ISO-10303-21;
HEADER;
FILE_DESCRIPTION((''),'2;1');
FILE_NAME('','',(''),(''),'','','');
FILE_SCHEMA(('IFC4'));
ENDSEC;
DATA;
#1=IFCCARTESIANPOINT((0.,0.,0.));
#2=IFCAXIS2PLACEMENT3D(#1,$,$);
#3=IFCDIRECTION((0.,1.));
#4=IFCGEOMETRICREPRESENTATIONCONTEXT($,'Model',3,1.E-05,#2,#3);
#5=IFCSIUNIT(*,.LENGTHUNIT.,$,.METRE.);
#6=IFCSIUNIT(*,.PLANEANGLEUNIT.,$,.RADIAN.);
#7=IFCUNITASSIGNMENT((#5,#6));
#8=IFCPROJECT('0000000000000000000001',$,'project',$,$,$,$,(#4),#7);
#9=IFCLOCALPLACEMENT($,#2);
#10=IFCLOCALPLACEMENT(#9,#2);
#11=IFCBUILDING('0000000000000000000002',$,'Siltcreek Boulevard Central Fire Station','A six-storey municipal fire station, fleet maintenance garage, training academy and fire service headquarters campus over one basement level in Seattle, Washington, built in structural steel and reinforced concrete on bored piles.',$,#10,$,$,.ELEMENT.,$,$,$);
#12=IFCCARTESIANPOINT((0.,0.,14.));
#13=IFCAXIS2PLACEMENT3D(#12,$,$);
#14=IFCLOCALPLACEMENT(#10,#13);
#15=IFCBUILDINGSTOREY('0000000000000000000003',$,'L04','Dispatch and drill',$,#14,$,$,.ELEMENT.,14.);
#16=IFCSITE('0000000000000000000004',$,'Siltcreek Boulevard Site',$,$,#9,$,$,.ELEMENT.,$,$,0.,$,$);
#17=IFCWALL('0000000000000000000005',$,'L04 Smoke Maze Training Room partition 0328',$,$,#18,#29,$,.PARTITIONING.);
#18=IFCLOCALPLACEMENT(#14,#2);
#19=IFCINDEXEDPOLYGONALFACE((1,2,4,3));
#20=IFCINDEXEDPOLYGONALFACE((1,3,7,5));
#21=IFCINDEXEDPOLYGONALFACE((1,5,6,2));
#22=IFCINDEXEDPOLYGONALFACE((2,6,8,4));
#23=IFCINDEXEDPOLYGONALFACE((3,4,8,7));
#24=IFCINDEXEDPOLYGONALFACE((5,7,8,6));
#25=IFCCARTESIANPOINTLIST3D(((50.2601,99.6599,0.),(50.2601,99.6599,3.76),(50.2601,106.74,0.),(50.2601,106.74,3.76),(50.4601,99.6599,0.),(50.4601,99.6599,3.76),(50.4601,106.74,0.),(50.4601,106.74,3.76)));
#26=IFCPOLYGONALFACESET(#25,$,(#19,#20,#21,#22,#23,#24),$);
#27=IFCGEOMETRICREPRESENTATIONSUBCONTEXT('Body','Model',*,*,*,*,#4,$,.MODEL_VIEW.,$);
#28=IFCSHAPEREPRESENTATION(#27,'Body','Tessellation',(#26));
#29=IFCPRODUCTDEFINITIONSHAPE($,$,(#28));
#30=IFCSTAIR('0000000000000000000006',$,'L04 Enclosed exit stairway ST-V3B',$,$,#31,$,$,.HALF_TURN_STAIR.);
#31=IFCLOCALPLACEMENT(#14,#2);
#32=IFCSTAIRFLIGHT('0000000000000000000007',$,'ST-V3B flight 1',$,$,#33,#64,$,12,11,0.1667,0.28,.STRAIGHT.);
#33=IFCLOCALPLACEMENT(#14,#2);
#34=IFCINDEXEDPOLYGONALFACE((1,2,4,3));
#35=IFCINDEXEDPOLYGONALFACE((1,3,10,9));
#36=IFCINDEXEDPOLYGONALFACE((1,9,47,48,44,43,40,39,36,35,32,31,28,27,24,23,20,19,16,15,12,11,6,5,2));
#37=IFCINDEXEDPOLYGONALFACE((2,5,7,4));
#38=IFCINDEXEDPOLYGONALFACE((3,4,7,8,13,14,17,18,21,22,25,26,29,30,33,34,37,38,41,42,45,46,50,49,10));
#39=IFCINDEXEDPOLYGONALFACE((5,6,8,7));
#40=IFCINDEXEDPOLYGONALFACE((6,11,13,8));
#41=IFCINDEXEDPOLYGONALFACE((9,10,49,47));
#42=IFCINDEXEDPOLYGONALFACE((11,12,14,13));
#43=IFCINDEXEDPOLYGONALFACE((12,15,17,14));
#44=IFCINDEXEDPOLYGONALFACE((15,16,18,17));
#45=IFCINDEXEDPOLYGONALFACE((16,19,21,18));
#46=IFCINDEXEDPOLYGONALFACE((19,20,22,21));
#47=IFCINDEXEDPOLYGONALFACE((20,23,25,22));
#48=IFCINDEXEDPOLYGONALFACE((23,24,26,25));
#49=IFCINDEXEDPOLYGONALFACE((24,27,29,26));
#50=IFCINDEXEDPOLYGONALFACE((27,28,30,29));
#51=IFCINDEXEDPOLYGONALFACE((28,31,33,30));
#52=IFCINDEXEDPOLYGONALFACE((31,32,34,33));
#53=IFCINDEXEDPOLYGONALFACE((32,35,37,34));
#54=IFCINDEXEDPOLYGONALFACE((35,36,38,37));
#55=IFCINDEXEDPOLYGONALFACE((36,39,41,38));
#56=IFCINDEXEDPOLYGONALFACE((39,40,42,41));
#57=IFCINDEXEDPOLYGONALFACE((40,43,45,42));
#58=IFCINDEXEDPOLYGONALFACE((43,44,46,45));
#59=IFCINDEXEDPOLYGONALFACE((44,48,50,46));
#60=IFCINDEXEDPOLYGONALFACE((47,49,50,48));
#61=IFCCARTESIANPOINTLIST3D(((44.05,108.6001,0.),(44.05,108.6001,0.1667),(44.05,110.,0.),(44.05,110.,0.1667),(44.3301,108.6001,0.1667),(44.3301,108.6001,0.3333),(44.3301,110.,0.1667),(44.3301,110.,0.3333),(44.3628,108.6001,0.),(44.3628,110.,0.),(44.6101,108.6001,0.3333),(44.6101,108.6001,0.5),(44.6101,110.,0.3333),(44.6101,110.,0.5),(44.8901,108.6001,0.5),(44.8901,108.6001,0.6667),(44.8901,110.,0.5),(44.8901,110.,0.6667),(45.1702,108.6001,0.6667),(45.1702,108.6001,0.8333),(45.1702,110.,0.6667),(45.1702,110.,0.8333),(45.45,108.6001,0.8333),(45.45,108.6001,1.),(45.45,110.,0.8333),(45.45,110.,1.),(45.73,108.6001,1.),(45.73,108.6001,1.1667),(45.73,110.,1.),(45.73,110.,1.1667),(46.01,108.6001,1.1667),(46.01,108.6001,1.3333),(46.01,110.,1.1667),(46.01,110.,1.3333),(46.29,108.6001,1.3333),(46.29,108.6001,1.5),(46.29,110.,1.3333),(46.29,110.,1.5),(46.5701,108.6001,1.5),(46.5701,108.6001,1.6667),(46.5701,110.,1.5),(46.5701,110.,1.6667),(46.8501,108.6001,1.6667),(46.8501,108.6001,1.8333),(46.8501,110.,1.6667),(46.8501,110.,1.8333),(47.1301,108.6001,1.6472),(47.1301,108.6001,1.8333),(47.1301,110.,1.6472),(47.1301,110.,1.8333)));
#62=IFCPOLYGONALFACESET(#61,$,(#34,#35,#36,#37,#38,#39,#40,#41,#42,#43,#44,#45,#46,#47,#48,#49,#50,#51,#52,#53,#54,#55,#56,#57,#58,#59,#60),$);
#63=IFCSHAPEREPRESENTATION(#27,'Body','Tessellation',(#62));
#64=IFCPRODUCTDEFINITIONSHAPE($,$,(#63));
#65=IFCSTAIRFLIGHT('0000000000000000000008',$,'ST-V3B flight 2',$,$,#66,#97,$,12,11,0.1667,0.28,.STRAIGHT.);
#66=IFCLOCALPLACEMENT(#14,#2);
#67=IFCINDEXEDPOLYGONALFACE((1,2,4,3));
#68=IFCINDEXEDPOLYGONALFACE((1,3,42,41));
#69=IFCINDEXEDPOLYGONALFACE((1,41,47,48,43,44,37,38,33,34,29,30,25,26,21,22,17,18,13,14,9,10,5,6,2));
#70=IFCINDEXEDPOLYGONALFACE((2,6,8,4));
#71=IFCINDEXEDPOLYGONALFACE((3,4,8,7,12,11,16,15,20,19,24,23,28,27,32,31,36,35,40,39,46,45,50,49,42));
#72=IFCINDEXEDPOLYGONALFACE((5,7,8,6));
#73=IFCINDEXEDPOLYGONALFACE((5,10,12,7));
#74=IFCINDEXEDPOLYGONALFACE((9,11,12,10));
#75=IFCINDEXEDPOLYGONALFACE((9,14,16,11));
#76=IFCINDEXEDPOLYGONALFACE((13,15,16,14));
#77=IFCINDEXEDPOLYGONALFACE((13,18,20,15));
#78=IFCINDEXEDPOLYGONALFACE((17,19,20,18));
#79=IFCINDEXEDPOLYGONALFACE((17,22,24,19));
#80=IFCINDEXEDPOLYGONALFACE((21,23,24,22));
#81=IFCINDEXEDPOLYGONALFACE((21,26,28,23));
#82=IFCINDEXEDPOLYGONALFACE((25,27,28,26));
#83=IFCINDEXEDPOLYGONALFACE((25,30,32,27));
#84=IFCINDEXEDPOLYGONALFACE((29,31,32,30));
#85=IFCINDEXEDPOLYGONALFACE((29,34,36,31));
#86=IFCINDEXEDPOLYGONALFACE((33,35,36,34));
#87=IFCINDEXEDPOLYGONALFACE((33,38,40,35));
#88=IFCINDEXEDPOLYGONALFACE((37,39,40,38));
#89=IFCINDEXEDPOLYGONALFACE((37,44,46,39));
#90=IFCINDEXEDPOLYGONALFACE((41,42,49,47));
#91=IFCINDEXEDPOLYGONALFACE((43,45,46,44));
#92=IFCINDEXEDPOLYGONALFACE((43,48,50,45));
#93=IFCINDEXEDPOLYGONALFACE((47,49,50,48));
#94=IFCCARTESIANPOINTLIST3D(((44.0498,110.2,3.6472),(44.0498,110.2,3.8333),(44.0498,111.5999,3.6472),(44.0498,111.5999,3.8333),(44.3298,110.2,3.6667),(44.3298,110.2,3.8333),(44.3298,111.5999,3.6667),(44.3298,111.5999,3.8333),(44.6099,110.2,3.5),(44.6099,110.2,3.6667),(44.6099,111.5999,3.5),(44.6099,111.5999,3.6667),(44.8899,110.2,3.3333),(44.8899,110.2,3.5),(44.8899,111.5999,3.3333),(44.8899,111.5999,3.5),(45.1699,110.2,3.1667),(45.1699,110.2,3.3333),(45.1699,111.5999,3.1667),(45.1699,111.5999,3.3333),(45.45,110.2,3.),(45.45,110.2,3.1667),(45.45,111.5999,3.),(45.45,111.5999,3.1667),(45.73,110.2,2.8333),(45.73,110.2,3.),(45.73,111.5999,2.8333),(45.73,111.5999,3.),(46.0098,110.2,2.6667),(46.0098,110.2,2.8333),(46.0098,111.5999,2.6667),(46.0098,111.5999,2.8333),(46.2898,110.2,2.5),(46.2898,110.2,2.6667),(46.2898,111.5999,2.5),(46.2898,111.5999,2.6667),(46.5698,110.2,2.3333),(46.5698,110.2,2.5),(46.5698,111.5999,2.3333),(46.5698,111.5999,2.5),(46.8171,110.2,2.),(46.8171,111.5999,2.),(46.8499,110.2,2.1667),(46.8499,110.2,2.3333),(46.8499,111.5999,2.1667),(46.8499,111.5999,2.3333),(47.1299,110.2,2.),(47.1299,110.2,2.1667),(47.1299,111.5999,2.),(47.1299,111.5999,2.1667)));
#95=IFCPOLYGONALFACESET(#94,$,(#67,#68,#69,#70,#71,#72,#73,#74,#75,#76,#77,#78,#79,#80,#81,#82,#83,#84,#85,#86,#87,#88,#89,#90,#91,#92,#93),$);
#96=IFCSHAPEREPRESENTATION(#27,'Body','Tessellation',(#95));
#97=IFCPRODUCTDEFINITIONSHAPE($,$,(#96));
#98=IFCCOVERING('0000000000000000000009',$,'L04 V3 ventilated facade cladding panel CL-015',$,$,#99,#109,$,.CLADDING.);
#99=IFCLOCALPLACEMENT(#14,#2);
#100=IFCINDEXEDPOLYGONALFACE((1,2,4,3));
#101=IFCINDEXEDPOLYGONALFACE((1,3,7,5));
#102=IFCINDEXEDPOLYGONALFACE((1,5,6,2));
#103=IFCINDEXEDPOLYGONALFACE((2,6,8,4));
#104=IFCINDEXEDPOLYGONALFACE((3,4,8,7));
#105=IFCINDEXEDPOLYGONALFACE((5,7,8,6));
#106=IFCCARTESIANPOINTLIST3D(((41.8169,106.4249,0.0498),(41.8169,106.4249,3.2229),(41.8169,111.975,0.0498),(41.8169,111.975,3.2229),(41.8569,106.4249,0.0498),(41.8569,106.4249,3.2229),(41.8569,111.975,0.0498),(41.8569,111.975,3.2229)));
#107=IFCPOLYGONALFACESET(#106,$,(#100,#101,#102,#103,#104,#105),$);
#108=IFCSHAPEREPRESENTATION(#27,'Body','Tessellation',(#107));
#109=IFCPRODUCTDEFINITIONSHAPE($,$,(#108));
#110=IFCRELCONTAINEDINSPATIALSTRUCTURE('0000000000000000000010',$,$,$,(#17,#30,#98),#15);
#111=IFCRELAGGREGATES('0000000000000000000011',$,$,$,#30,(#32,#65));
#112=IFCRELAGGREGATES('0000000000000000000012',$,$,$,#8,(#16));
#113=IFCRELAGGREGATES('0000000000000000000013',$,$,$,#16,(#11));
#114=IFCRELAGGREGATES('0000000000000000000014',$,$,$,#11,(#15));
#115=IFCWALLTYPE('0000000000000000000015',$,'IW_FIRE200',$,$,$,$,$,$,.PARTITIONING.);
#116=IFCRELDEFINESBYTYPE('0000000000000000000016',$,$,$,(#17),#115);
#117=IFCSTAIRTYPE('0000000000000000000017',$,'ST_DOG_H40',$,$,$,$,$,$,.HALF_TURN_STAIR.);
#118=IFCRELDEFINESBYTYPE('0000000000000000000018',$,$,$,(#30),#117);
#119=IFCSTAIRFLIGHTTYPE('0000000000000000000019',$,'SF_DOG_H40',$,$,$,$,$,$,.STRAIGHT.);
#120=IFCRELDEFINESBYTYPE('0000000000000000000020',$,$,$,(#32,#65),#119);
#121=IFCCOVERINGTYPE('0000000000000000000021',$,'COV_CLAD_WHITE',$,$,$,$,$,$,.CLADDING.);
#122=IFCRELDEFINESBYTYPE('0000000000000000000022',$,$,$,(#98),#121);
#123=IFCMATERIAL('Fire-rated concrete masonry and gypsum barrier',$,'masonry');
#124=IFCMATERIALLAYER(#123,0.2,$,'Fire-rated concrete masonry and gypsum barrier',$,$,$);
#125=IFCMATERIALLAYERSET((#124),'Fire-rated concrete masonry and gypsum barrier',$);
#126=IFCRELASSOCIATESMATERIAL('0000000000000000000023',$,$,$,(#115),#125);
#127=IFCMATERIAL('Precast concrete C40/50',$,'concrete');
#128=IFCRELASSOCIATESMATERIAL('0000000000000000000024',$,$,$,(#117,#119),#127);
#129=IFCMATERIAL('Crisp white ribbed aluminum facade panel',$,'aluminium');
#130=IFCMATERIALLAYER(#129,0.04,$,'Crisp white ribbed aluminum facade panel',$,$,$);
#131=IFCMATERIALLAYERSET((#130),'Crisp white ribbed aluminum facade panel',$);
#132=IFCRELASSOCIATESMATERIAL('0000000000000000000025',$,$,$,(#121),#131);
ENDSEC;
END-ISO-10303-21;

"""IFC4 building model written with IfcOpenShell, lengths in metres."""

from ifc_helpers import new_model, si_unit, direction, frame, frame_2d, origin, origin_2d, place, context, subcontext, project, spatial, polyline, rectangle, outline, extrude, material, layer, layer_set, type_object, element, aggregate, save


model = new_model("IFC4")

# Units and contexts
model_context = context("Model", 3, precision=1e-05, world=origin(), true_north=direction((0.0, 1.0)))
body_context = subcontext(model_context, "Body", "Model", "MODEL_VIEW")
ifc_project = project(units=[si_unit("LENGTHUNIT", "METRE"), si_unit("PLANEANGLEUNIT", "RADIAN")], contexts=[model_context])

# Site, building, storey
site_placement = place(None, origin())
site = spatial("IfcSite", under=ifc_project, at=site_placement, Name="Siltcreek Boulevard Site", CompositionType="ELEMENT", RefElevation=0.0)
building_placement = place(site_placement, origin())
building = spatial("IfcBuilding", under=site, at=building_placement, Name="Siltcreek Boulevard Central Fire Station", Description="A six-storey municipal fire station, fleet maintenance garage, training academy and fire service headquarters campus over one basement level in Seattle, Washington, built in structural steel and reinforced concrete on bored piles.", CompositionType="ELEMENT")
storey_placement = place(building_placement, frame((0.0, 0.0, 14.0)))
storey = spatial("IfcBuildingStorey", under=building, at=storey_placement, Name="L04", Description="Dispatch and drill", CompositionType="ELEMENT", Elevation=14.0)

# Shared definitions
ifc_material_1 = material(Name="Fire-rated concrete masonry and gypsum barrier", Category="masonry")
ifc_layer_1 = layer(ifc_material_1, 0.2, Name="Fire-rated concrete masonry and gypsum barrier")
ifc_layer_set_1 = layer_set([ifc_layer_1], Name="Fire-rated concrete masonry and gypsum barrier")
wall_type_1 = type_object("IfcWallType", Name="IW_FIRE200", PredefinedType="PARTITIONING", material=ifc_layer_set_1)

# Wall
wall_1_placement = place(storey_placement, frame((50.3601, 106.74, 0.0), z_axis=(0.0, 0.0, 1.0), x_axis=(0.0, -1.0, 0.0)))
element("IfcWall", 1, at=wall_1_placement, inside=storey, type_object=wall_type_1, Name="L04 Smoke Maze Training Room partition 0328", PredefinedType="PARTITIONING", context=body_context, shape_type="SweptSolid", body=[
    extrude(rectangle(XDim=7.0801, YDim=0.2, at=frame_2d((3.54, 0.0))), origin(), (0.0, 0.0, 1.0), 3.76),
])

# Stair, stair flights
ifc_material_2 = material(Name="Precast concrete C40/50", Category="concrete")
stair_type = type_object("IfcStairType", Name="ST_DOG_H40", PredefinedType="HALF_TURN_STAIR", material=ifc_material_2)
stair_placement = place(storey_placement, origin())
stair = element("IfcStair", 2, at=stair_placement, inside=storey, type_object=stair_type, Name="L04 Enclosed exit stairway ST-V3B", PredefinedType="HALF_TURN_STAIR")
stair_flight_type = type_object("IfcStairFlightType", Name="SF_DOG_H40", PredefinedType="STRAIGHT", material=ifc_material_2)
stair_flight_1_placement = place(storey_placement, frame((44.05, 109.3, 0.0), z_axis=(0.0, 0.0, 1.0), x_axis=(1.0, 0.0, 0.0)))
stair_flight_1 = element("IfcStairFlight", 3, at=stair_flight_1_placement, type_object=stair_flight_type, Name="ST-V3B flight 1", NumberOfRisers=12, NumberOfTreads=11, PredefinedType="STRAIGHT", RiserHeight=0.1667, TreadLength=0.28, context=body_context, shape_type="SweptSolid", body=[
    extrude(outline(polyline([(0.0, 0.0), (0.0, 0.1667), (0.28, 0.1667), (0.28, 0.3333), (0.5601, 0.3333), (0.5601, 0.5), (0.8401, 0.5), (0.8401, 0.6667), (1.1201, 0.6667), (1.1201, 0.8333), (1.3999, 0.8333), (1.3999, 1.0), (1.6799, 1.0), (1.6799, 1.1667), (1.96, 1.1667), (1.96, 1.3333), (2.24, 1.3333), (2.24, 1.5), (2.52, 1.5), (2.52, 1.6667), (2.8, 1.6667), (2.8, 1.8333), (3.0801, 1.8333), (3.0801, 2.0), (3.0801, 1.6472), (0.3127, 0.0), (0.0, 0.0)])), frame((0.0, 0.7, 0.0), z_axis=(0.0, -1.0, 0.0), x_axis=(1.0, 0.0, 0.0)), (0.0, 0.0, 1.0), 1.3999),
])
stair_flight_2_placement = place(storey_placement, frame((47.1299, 110.8999, 2.0), z_axis=(0.0, 0.0, 1.0), x_axis=(-1.0, 0.0, 0.0)))
stair_flight_2 = element("IfcStairFlight", 4, at=stair_flight_2_placement, type_object=stair_flight_type, Name="ST-V3B flight 2", NumberOfRisers=12, NumberOfTreads=11, PredefinedType="STRAIGHT", RiserHeight=0.1667, TreadLength=0.28, context=body_context, shape_type="SweptSolid", body=[
    extrude(outline(polyline([(0.0, 0.0), (0.0, 0.1667), (0.28, 0.1667), (0.28, 0.3333), (0.5601, 0.3333), (0.5601, 0.5), (0.8401, 0.5), (0.8401, 0.6667), (1.1201, 0.6667), (1.1201, 0.8333), (1.3999, 0.8333), (1.3999, 1.0), (1.6799, 1.0), (1.6799, 1.1667), (1.96, 1.1667), (1.96, 1.3333), (2.24, 1.3333), (2.24, 1.5), (2.52, 1.5), (2.52, 1.6667), (2.8, 1.6667), (2.8, 1.8333), (3.0801, 1.8333), (3.0801, 2.0), (3.0801, 1.6472), (0.3127, 0.0), (0.0, 0.0)])), frame((0.0, 0.7, 0.0), z_axis=(0.0, -1.0, 0.0), x_axis=(1.0, 0.0, 0.0)), (0.0, 0.0, 1.0), 1.3999),
])
aggregate(stair, [stair_flight_1, stair_flight_2])

# Covering
ifc_material_3 = material(Name="Crisp white ribbed aluminum facade panel", Category="aluminium")
ifc_layer_2 = layer(ifc_material_3, 0.04, Name="Crisp white ribbed aluminum facade panel")
ifc_layer_set_2 = layer_set([ifc_layer_2], Name="Crisp white ribbed aluminum facade panel")
covering_type = type_object("IfcCoveringType", Name="COV_CLAD_WHITE", PredefinedType="CLADDING", material=ifc_layer_set_2)
covering_placement = place(storey_placement, frame((41.8369, 109.2, 0.0498), z_axis=(0.0, 0.0, 1.0), x_axis=(0.0, -1.0, 0.0)))
element("IfcCovering", 5, at=covering_placement, inside=storey, type_object=covering_type, Name="L04 V3 ventilated facade cladding panel CL-015", PredefinedType="CLADDING", context=body_context, shape_type="SweptSolid", body=[
    extrude(rectangle(XDim=5.55, YDim=0.04, at=origin_2d()), origin(), (0.0, 0.0, 1.0), 3.1731),
])

save(model, "model.ifc")
